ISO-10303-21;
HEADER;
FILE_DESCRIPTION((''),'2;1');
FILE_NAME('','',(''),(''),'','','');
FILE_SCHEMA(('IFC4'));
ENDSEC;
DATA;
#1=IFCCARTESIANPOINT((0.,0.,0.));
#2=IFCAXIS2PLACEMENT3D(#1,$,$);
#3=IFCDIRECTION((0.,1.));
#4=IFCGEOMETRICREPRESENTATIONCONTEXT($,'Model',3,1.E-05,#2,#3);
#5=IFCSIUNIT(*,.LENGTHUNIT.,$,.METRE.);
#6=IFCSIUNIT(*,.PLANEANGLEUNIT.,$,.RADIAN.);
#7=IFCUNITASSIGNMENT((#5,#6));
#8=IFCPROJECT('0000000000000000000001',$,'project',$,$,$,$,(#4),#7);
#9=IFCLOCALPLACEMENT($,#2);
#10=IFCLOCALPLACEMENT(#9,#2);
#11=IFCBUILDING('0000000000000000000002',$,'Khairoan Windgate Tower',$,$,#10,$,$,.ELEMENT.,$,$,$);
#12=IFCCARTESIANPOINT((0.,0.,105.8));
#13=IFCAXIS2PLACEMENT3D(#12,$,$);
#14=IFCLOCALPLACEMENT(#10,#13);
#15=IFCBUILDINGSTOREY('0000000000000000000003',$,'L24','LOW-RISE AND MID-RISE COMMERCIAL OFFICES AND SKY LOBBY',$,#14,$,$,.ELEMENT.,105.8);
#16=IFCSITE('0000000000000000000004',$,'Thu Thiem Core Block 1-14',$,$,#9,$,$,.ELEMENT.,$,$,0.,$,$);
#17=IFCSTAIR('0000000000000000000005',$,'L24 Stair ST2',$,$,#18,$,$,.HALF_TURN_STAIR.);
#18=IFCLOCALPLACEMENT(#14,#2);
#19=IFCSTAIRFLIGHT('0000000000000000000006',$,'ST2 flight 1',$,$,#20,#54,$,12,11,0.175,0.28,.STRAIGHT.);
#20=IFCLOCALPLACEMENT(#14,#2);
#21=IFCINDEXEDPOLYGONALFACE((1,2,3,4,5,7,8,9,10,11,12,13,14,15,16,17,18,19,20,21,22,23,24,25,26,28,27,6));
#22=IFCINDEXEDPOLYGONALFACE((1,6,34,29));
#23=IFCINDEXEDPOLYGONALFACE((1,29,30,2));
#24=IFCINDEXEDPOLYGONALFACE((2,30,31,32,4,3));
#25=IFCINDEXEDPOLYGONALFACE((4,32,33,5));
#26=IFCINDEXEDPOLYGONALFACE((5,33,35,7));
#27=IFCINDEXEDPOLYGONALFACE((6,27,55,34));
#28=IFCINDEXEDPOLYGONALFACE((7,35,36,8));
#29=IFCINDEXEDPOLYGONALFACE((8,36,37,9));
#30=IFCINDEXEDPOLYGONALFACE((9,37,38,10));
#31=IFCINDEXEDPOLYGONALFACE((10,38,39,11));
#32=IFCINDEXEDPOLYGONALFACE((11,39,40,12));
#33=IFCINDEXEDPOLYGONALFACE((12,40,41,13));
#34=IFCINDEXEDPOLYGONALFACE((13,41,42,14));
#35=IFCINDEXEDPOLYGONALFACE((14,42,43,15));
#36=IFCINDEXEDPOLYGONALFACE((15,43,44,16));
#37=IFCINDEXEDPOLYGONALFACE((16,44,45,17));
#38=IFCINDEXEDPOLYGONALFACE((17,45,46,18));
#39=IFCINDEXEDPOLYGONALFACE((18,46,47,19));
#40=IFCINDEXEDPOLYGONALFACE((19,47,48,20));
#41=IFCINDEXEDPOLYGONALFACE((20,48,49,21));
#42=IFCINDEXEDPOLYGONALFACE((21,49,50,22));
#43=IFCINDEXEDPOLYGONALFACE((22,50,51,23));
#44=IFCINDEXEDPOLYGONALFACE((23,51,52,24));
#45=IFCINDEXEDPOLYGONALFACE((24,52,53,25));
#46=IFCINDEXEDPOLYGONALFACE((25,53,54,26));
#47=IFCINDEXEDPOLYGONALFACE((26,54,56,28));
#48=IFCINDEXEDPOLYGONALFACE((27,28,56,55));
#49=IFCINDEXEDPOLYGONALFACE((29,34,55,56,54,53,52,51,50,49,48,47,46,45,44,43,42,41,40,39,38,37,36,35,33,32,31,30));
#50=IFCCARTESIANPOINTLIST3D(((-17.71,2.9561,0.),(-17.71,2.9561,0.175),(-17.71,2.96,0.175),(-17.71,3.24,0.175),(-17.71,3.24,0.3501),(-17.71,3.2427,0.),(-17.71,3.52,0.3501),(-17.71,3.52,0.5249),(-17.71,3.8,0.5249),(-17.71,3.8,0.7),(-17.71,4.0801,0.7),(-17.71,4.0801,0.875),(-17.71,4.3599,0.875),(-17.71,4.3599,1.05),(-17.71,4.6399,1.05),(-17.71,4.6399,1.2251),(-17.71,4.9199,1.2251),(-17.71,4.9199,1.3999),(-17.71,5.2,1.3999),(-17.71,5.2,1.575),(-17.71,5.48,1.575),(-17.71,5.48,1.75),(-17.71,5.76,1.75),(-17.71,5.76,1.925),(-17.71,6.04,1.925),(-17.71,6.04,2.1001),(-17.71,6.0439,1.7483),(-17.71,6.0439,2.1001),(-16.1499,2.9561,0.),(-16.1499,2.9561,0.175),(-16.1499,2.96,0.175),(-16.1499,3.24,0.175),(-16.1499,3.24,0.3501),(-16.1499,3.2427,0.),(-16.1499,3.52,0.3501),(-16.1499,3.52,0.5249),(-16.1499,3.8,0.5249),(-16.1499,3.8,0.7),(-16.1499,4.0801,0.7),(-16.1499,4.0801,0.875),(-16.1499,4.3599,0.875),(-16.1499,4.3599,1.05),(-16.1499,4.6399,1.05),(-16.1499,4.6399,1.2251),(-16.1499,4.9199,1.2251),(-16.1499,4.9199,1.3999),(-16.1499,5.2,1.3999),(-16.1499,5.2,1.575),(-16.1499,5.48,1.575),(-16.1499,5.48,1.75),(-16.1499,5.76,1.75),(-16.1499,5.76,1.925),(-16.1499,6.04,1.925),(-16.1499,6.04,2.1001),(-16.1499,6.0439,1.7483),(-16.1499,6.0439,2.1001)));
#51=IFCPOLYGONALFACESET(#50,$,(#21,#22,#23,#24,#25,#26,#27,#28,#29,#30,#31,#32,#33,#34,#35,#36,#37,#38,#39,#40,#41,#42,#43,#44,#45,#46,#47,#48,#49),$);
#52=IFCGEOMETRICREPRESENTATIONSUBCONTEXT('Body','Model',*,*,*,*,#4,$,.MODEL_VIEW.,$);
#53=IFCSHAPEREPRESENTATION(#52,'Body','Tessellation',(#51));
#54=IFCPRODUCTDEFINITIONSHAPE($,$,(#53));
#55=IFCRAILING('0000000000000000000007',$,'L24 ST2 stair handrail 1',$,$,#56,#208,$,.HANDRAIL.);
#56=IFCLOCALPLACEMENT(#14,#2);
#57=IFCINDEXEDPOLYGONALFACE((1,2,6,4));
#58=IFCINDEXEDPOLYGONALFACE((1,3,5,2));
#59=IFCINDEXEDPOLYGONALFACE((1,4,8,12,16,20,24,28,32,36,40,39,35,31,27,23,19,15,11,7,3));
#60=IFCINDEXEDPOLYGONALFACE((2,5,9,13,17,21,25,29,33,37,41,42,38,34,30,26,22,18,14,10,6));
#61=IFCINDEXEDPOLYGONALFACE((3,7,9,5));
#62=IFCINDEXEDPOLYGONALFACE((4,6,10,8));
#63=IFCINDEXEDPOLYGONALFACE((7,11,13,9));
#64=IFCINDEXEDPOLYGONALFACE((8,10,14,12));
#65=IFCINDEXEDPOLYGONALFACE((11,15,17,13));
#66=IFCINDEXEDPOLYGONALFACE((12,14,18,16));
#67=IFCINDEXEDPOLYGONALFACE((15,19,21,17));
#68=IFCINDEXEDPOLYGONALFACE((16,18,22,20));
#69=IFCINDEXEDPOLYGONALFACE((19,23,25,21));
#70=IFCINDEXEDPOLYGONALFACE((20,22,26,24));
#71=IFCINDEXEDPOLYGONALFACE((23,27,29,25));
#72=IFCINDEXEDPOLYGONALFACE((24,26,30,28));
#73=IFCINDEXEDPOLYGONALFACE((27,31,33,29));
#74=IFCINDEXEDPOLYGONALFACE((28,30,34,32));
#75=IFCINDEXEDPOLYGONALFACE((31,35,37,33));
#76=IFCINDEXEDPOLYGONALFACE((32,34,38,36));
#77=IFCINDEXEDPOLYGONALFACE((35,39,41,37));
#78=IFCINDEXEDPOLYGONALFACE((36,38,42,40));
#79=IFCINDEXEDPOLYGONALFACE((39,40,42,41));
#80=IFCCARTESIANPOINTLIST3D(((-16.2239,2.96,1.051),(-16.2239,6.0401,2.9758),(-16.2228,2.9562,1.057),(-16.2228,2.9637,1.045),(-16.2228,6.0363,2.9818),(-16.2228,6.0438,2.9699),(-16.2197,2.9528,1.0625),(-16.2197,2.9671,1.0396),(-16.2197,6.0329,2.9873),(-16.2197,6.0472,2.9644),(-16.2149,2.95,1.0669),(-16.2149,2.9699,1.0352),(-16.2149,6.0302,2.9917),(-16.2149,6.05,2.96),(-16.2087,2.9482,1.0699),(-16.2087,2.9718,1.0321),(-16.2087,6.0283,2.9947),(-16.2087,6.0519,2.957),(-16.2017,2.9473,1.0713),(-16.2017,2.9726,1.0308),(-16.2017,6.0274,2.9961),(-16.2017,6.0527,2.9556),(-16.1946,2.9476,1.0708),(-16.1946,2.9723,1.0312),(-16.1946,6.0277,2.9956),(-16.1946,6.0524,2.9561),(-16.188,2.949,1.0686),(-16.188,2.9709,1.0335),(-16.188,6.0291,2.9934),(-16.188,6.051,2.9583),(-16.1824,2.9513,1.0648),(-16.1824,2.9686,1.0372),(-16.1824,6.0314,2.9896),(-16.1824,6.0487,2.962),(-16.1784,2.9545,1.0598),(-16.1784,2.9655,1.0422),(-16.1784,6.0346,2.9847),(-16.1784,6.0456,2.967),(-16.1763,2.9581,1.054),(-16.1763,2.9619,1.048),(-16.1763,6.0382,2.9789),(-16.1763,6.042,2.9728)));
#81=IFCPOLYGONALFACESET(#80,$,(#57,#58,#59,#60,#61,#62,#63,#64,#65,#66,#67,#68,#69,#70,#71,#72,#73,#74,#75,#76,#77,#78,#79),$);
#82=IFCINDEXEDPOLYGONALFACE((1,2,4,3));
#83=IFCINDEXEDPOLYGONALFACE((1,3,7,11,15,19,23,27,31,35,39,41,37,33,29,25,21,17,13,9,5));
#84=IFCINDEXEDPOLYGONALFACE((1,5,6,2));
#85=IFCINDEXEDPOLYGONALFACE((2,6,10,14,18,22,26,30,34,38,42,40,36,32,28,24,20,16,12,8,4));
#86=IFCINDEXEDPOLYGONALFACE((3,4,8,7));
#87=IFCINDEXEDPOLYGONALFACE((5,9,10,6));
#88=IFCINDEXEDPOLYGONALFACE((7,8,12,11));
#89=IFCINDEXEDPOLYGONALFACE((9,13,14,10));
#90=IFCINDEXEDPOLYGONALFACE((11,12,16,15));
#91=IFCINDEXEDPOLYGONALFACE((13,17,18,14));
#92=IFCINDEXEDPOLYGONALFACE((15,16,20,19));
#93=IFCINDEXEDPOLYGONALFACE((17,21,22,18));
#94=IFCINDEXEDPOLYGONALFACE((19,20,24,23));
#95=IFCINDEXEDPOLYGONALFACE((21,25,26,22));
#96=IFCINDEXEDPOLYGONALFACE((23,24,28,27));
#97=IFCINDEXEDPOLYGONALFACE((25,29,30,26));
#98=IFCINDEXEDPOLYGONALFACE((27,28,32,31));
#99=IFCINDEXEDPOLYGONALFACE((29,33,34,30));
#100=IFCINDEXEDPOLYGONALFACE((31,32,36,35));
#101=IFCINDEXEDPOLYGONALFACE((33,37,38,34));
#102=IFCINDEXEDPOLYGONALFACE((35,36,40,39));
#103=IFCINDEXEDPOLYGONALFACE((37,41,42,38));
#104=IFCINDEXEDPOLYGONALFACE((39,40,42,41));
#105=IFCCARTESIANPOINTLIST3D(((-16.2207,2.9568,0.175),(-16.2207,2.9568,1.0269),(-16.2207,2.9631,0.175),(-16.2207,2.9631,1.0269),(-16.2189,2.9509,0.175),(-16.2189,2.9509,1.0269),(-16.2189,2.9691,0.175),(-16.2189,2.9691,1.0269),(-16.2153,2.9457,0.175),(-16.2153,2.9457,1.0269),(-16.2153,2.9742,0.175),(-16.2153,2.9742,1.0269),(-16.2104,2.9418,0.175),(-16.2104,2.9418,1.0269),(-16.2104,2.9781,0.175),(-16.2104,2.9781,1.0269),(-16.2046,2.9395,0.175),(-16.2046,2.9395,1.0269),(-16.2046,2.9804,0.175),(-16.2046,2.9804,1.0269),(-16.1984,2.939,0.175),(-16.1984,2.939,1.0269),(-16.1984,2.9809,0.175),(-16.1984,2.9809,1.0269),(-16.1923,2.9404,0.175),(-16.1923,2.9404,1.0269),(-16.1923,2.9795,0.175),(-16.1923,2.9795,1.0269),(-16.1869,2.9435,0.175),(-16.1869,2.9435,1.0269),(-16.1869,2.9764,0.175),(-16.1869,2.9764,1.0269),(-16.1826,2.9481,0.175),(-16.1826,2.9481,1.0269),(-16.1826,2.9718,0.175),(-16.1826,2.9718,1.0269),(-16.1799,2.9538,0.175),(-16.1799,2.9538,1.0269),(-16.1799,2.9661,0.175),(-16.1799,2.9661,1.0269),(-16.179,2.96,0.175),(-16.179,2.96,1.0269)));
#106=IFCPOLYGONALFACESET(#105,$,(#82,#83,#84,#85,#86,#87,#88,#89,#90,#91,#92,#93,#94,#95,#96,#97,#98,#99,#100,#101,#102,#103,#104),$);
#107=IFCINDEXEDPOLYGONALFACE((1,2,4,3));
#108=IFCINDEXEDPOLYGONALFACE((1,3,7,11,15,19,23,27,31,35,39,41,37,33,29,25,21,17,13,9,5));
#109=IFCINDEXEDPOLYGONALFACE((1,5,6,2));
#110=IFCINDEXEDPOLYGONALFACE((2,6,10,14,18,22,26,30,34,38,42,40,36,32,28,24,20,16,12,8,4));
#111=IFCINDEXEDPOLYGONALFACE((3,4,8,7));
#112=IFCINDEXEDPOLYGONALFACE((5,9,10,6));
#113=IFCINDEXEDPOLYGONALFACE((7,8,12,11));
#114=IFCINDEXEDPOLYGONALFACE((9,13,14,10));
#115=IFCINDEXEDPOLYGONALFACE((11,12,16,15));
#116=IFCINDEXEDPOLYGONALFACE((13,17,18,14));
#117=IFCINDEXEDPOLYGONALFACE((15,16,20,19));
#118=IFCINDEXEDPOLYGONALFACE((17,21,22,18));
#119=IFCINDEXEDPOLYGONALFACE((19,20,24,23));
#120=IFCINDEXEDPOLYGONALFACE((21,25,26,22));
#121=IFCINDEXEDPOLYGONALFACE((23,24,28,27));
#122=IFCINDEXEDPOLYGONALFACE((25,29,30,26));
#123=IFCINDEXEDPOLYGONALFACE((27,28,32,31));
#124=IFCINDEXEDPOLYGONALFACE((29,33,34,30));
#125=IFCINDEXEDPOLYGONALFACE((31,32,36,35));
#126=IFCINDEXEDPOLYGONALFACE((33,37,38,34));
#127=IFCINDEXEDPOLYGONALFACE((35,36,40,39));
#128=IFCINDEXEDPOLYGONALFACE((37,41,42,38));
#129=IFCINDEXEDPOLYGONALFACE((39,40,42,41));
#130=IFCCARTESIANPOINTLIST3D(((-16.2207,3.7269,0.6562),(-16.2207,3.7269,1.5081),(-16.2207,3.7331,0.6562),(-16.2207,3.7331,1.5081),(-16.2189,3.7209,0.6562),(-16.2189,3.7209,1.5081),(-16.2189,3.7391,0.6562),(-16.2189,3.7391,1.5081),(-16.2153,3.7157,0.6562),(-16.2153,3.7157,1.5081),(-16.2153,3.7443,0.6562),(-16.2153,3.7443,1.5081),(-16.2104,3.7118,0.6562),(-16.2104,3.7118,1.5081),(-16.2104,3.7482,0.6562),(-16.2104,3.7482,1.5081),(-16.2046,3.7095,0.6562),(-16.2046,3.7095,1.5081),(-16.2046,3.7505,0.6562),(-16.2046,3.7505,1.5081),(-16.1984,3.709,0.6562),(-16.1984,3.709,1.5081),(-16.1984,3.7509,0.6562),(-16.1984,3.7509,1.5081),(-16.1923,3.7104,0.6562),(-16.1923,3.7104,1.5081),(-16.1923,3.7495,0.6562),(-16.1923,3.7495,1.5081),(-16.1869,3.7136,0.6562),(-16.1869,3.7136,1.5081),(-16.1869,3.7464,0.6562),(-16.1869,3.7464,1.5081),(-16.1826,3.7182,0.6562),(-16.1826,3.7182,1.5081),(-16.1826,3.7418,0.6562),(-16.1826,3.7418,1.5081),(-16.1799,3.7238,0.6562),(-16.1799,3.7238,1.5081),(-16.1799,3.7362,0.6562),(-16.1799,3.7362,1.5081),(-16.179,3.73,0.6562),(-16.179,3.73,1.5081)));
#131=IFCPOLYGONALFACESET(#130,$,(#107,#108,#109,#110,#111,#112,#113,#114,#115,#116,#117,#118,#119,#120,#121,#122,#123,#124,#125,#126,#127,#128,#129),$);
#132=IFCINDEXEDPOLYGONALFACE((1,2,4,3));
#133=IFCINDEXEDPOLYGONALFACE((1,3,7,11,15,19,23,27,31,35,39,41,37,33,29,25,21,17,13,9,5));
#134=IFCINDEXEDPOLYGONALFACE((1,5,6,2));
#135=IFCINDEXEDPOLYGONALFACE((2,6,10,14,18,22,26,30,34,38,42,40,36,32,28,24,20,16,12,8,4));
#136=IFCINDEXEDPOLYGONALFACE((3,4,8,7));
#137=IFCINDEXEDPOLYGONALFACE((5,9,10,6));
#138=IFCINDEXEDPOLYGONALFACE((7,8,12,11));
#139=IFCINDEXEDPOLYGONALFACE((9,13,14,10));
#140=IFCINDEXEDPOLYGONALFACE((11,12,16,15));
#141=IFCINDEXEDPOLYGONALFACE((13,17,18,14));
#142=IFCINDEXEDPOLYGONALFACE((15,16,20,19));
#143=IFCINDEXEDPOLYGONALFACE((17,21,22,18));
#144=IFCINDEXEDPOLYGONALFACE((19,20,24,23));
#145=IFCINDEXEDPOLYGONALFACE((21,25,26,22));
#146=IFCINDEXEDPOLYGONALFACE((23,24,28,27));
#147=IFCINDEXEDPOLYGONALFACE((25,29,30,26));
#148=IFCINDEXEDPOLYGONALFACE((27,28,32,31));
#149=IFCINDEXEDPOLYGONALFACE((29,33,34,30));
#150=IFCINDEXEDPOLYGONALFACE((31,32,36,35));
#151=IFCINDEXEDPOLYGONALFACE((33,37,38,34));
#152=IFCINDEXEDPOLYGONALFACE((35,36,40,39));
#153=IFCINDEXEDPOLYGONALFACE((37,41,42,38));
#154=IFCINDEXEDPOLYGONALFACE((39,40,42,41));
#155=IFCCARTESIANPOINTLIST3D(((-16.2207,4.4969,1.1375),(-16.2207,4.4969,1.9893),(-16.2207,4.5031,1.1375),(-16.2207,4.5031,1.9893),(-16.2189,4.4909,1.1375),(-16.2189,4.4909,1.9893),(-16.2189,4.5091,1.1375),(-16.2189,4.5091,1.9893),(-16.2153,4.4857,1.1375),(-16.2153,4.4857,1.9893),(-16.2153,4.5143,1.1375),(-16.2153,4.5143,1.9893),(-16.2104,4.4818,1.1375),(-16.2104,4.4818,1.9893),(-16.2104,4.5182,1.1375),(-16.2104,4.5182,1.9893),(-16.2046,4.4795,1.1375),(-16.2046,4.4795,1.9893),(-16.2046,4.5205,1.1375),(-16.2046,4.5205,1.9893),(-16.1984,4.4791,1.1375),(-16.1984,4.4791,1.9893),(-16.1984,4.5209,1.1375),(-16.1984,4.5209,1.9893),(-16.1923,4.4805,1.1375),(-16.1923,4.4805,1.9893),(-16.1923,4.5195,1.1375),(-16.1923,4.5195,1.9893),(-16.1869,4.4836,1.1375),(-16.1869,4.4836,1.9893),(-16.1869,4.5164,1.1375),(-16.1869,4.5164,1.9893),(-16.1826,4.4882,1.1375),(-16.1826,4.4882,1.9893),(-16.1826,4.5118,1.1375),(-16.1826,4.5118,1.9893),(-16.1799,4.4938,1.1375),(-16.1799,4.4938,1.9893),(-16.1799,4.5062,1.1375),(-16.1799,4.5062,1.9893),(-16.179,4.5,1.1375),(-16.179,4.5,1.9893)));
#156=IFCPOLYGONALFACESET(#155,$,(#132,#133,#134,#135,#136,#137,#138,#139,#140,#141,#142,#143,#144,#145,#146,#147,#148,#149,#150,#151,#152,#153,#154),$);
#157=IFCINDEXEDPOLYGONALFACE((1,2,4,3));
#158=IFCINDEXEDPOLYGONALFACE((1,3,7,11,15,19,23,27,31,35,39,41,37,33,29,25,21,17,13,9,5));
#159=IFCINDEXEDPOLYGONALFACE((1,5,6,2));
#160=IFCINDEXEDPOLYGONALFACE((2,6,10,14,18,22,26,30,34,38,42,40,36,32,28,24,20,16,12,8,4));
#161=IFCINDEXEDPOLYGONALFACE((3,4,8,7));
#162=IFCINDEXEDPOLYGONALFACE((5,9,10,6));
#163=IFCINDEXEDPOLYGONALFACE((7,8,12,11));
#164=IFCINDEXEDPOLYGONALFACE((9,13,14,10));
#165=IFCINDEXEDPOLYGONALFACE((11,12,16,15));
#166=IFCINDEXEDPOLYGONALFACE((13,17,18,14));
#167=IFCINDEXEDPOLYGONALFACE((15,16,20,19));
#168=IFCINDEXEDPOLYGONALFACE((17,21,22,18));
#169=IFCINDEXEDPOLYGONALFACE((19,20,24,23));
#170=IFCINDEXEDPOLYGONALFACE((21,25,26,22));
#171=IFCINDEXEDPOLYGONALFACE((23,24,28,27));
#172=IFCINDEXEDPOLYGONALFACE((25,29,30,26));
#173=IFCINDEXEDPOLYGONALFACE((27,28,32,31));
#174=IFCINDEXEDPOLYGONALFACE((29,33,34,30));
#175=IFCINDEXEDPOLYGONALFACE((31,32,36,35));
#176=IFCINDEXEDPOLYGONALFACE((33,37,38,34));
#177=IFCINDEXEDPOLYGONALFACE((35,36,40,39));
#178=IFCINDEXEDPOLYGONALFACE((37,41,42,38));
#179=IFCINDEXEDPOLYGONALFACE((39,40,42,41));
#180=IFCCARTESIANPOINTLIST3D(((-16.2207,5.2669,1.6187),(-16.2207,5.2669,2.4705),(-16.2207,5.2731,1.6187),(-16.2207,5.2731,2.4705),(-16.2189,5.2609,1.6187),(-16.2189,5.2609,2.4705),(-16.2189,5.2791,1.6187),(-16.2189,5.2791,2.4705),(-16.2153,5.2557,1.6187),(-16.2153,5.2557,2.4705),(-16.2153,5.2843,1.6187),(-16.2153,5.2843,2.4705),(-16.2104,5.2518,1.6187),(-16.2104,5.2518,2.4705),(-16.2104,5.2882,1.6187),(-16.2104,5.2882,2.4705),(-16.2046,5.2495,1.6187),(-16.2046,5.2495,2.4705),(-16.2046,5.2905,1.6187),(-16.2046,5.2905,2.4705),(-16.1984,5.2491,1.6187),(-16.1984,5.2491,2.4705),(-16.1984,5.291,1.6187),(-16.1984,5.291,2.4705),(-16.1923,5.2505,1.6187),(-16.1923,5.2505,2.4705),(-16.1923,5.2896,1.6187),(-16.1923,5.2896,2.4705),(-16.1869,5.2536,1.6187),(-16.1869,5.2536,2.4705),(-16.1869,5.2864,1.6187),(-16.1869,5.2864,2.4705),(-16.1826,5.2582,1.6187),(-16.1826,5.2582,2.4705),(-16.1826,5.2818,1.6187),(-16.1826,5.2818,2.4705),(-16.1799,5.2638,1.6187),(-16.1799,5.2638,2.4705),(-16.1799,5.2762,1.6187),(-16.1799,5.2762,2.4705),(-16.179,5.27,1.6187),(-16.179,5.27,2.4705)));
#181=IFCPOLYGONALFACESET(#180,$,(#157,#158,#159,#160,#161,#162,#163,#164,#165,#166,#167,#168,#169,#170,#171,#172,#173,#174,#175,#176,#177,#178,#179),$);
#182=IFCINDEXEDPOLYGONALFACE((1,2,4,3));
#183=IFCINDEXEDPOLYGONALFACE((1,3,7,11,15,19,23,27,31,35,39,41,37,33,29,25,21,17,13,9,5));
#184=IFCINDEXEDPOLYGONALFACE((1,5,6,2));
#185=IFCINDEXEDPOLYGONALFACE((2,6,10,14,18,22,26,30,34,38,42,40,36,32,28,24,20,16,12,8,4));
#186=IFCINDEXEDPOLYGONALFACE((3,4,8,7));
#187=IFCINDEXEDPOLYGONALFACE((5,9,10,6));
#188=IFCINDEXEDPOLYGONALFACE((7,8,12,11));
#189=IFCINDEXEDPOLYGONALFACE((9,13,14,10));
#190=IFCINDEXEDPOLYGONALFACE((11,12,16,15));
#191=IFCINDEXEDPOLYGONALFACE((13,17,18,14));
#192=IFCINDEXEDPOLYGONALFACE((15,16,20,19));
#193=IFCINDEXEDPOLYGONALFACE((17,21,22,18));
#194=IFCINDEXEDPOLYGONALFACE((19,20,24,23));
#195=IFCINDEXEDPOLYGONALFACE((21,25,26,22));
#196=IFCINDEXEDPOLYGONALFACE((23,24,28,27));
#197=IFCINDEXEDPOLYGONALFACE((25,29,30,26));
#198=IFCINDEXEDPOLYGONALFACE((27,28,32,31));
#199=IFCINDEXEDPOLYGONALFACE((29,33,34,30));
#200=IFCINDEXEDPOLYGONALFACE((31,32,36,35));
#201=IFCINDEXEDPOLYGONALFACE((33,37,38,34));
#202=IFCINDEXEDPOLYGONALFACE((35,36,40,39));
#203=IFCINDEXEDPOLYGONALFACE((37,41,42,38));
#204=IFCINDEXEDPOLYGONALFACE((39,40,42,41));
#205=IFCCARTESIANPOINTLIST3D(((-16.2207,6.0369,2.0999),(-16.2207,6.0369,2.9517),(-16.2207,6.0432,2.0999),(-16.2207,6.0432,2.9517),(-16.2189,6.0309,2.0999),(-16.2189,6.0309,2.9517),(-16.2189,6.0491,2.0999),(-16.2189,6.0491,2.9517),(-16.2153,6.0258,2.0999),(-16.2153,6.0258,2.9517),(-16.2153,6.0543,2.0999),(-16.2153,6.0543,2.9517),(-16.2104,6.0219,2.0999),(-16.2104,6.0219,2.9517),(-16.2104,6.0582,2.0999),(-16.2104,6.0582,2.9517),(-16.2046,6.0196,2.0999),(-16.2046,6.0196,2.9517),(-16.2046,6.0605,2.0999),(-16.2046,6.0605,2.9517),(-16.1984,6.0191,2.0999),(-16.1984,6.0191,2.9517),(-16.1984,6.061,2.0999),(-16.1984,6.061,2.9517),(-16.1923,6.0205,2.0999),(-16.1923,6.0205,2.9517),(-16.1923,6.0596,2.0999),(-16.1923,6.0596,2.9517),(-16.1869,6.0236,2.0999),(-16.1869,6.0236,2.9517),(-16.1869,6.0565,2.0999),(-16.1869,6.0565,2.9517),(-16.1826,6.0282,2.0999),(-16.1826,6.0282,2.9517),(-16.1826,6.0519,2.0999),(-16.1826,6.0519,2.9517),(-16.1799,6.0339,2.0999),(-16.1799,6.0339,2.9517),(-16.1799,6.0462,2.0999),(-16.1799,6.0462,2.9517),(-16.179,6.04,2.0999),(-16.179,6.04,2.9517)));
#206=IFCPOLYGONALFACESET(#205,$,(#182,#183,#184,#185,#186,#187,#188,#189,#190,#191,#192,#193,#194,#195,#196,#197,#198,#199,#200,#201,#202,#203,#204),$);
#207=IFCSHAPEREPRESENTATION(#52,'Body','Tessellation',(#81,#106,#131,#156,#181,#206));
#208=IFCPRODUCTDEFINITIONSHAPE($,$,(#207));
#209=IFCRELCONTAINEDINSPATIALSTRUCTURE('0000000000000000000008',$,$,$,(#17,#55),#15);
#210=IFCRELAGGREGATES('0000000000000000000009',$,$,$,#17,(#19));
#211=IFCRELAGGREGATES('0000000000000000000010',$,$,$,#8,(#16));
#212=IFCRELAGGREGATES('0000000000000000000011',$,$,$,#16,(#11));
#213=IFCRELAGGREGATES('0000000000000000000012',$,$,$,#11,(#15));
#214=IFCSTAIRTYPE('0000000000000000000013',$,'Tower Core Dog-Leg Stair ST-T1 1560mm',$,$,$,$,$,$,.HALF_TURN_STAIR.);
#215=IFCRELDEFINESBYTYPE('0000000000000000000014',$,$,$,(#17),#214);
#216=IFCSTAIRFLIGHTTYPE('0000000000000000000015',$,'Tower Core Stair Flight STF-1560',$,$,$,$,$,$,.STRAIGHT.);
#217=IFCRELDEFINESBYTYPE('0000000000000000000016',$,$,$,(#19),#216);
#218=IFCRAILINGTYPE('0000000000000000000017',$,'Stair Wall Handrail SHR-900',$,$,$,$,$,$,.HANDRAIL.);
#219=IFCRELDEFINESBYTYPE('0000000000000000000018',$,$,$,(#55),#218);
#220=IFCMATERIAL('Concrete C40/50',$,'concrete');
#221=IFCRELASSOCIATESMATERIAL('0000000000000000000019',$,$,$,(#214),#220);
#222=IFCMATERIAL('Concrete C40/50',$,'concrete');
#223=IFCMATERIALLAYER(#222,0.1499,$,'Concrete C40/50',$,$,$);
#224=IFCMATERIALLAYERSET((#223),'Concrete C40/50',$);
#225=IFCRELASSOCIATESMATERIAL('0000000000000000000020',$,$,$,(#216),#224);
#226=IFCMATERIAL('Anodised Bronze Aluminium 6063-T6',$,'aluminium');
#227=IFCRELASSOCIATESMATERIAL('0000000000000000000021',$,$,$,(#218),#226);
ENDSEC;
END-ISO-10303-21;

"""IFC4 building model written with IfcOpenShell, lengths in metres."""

from ifc_helpers import new_model, si_unit, direction, frame, origin, origin_2d, place, context, subcontext, project, spatial, polyline, circle, outline, extrude, material, layer, layer_set, type_object, element, aggregate, save


model = new_model("IFC4")

# Units and contexts
model_context = context("Model", 3, precision=1e-05, world=origin(), true_north=direction((0.0, 1.0)))
body_context = subcontext(model_context, "Body", "Model", "MODEL_VIEW")
ifc_project = project(units=[si_unit("LENGTHUNIT", "METRE"), si_unit("PLANEANGLEUNIT", "RADIAN")], contexts=[model_context])

# Site, building, storey
site_placement = place(None, origin())
site = spatial("IfcSite", under=ifc_project, at=site_placement, Name="Thu Thiem Core Block 1-14", CompositionType="ELEMENT", RefElevation=0.0)
building_placement = place(site_placement, origin())
building = spatial("IfcBuilding", under=site, at=building_placement, Name="Khairoan Windgate Tower", CompositionType="ELEMENT")
storey_placement = place(building_placement, frame((0.0, 0.0, 105.8)))
storey = spatial("IfcBuildingStorey", under=building, at=storey_placement, Name="L24", Description="LOW-RISE AND MID-RISE COMMERCIAL OFFICES AND SKY LOBBY", CompositionType="ELEMENT", Elevation=105.8)

# Stair, stair flight
ifc_material_1 = material(Name="Concrete C40/50", Category="concrete")
stair_type = type_object("IfcStairType", Name="Tower Core Dog-Leg Stair ST-T1 1560mm", PredefinedType="HALF_TURN_STAIR", material=ifc_material_1)
stair_placement = place(storey_placement, origin())
stair = element("IfcStair", 1, at=stair_placement, inside=storey, type_object=stair_type, Name="L24 Stair ST2", PredefinedType="HALF_TURN_STAIR")
ifc_material_2 = material(Name="Concrete C40/50", Category="concrete")
ifc_layer_1 = layer(ifc_material_2, 0.1499, Name="Concrete C40/50")
ifc_layer_set_1 = layer_set([ifc_layer_1], Name="Concrete C40/50")
stair_flight_type = type_object("IfcStairFlightType", Name="Tower Core Stair Flight STF-1560", PredefinedType="STRAIGHT", material=ifc_layer_set_1)
stair_flight_placement = place(storey_placement, frame((-16.9299, 2.96, 0.0), z_axis=(0.0, 0.0, 1.0), x_axis=(0.0, 1.0, 0.0)))
stair_flight = element("IfcStairFlight", 2, at=stair_flight_placement, type_object=stair_flight_type, Name="ST2 flight 1", NumberOfRisers=12, NumberOfTreads=11, PredefinedType="STRAIGHT", RiserHeight=0.175, TreadLength=0.28, context=body_context, shape_type="SweptSolid", body=[
    extrude(outline(polyline([(-0.0039, 0.0), (-0.0039, 0.175), (0.0, 0.175), (0.28, 0.175), (0.28, 0.3501), (0.5601, 0.3501), (0.5601, 0.5249), (0.8401, 0.5249), (0.8401, 0.7), (1.1201, 0.7), (1.1201, 0.875), (1.3999, 0.875), (1.3999, 1.05), (1.6799, 1.05), (1.6799, 1.2251), (1.96, 1.2251), (1.96, 1.3999), (2.24, 1.3999), (2.24, 1.575), (2.52, 1.575), (2.52, 1.75), (2.8, 1.75), (2.8, 1.925), (3.0801, 1.925), (3.0801, 2.1001), (3.084, 2.1001), (3.084, 1.7483), (0.2827, 0.0), (-0.0039, 0.0)])), frame((0.0, 0.78, 0.0), z_axis=(0.0, -1.0, 0.0), x_axis=(1.0, 0.0, 0.0)), (0.0, 0.0, 1.0), 1.5601),
])
aggregate(stair, [stair_flight])

# Railing
ifc_material_3 = material(Name="Anodised Bronze Aluminium 6063-T6", Category="aluminium")
railing_type_1 = type_object("IfcRailingType", Name="Stair Wall Handrail SHR-900", PredefinedType="HANDRAIL", material=ifc_material_3)
railing_1_placement = place(storey_placement, frame((-16.2, 2.96, 0.175)))
element("IfcRailing", 3, at=railing_1_placement, inside=storey, type_object=railing_type_1, Name="L24 ST2 stair handrail 1", PredefinedType="HANDRAIL", context=body_context, shape_type="SweptSolid", body=[
    extrude(circle(Radius=0.0239, at=origin_2d()), frame((0.0, 0.0, 0.876), z_axis=(0.0, 0.848029, 0.529951), x_axis=(-1.0, 0.0, 0.0)), (0.0, 0.0, 1.0), 3.6321),
    extrude(circle(Radius=0.021, at=origin_2d()), origin(), (0.0, 0.0, 1.0), 0.8518),
    extrude(circle(Radius=0.021, at=origin_2d()), frame((0.0, 0.77, 0.4812)), (0.0, 0.0, 1.0), 0.8518),
    extrude(circle(Radius=0.021, at=origin_2d()), frame((0.0, 1.54, 0.9624)), (0.0, 0.0, 1.0), 0.8518),
    extrude(circle(Radius=0.021, at=origin_2d()), frame((0.0, 2.3101, 1.4436)), (0.0, 0.0, 1.0), 0.8518),
    extrude(circle(Radius=0.021, at=origin_2d()), frame((0.0, 3.0801, 1.9248)), (0.0, 0.0, 1.0), 0.8518),
])

save(model, "model.ifc")
